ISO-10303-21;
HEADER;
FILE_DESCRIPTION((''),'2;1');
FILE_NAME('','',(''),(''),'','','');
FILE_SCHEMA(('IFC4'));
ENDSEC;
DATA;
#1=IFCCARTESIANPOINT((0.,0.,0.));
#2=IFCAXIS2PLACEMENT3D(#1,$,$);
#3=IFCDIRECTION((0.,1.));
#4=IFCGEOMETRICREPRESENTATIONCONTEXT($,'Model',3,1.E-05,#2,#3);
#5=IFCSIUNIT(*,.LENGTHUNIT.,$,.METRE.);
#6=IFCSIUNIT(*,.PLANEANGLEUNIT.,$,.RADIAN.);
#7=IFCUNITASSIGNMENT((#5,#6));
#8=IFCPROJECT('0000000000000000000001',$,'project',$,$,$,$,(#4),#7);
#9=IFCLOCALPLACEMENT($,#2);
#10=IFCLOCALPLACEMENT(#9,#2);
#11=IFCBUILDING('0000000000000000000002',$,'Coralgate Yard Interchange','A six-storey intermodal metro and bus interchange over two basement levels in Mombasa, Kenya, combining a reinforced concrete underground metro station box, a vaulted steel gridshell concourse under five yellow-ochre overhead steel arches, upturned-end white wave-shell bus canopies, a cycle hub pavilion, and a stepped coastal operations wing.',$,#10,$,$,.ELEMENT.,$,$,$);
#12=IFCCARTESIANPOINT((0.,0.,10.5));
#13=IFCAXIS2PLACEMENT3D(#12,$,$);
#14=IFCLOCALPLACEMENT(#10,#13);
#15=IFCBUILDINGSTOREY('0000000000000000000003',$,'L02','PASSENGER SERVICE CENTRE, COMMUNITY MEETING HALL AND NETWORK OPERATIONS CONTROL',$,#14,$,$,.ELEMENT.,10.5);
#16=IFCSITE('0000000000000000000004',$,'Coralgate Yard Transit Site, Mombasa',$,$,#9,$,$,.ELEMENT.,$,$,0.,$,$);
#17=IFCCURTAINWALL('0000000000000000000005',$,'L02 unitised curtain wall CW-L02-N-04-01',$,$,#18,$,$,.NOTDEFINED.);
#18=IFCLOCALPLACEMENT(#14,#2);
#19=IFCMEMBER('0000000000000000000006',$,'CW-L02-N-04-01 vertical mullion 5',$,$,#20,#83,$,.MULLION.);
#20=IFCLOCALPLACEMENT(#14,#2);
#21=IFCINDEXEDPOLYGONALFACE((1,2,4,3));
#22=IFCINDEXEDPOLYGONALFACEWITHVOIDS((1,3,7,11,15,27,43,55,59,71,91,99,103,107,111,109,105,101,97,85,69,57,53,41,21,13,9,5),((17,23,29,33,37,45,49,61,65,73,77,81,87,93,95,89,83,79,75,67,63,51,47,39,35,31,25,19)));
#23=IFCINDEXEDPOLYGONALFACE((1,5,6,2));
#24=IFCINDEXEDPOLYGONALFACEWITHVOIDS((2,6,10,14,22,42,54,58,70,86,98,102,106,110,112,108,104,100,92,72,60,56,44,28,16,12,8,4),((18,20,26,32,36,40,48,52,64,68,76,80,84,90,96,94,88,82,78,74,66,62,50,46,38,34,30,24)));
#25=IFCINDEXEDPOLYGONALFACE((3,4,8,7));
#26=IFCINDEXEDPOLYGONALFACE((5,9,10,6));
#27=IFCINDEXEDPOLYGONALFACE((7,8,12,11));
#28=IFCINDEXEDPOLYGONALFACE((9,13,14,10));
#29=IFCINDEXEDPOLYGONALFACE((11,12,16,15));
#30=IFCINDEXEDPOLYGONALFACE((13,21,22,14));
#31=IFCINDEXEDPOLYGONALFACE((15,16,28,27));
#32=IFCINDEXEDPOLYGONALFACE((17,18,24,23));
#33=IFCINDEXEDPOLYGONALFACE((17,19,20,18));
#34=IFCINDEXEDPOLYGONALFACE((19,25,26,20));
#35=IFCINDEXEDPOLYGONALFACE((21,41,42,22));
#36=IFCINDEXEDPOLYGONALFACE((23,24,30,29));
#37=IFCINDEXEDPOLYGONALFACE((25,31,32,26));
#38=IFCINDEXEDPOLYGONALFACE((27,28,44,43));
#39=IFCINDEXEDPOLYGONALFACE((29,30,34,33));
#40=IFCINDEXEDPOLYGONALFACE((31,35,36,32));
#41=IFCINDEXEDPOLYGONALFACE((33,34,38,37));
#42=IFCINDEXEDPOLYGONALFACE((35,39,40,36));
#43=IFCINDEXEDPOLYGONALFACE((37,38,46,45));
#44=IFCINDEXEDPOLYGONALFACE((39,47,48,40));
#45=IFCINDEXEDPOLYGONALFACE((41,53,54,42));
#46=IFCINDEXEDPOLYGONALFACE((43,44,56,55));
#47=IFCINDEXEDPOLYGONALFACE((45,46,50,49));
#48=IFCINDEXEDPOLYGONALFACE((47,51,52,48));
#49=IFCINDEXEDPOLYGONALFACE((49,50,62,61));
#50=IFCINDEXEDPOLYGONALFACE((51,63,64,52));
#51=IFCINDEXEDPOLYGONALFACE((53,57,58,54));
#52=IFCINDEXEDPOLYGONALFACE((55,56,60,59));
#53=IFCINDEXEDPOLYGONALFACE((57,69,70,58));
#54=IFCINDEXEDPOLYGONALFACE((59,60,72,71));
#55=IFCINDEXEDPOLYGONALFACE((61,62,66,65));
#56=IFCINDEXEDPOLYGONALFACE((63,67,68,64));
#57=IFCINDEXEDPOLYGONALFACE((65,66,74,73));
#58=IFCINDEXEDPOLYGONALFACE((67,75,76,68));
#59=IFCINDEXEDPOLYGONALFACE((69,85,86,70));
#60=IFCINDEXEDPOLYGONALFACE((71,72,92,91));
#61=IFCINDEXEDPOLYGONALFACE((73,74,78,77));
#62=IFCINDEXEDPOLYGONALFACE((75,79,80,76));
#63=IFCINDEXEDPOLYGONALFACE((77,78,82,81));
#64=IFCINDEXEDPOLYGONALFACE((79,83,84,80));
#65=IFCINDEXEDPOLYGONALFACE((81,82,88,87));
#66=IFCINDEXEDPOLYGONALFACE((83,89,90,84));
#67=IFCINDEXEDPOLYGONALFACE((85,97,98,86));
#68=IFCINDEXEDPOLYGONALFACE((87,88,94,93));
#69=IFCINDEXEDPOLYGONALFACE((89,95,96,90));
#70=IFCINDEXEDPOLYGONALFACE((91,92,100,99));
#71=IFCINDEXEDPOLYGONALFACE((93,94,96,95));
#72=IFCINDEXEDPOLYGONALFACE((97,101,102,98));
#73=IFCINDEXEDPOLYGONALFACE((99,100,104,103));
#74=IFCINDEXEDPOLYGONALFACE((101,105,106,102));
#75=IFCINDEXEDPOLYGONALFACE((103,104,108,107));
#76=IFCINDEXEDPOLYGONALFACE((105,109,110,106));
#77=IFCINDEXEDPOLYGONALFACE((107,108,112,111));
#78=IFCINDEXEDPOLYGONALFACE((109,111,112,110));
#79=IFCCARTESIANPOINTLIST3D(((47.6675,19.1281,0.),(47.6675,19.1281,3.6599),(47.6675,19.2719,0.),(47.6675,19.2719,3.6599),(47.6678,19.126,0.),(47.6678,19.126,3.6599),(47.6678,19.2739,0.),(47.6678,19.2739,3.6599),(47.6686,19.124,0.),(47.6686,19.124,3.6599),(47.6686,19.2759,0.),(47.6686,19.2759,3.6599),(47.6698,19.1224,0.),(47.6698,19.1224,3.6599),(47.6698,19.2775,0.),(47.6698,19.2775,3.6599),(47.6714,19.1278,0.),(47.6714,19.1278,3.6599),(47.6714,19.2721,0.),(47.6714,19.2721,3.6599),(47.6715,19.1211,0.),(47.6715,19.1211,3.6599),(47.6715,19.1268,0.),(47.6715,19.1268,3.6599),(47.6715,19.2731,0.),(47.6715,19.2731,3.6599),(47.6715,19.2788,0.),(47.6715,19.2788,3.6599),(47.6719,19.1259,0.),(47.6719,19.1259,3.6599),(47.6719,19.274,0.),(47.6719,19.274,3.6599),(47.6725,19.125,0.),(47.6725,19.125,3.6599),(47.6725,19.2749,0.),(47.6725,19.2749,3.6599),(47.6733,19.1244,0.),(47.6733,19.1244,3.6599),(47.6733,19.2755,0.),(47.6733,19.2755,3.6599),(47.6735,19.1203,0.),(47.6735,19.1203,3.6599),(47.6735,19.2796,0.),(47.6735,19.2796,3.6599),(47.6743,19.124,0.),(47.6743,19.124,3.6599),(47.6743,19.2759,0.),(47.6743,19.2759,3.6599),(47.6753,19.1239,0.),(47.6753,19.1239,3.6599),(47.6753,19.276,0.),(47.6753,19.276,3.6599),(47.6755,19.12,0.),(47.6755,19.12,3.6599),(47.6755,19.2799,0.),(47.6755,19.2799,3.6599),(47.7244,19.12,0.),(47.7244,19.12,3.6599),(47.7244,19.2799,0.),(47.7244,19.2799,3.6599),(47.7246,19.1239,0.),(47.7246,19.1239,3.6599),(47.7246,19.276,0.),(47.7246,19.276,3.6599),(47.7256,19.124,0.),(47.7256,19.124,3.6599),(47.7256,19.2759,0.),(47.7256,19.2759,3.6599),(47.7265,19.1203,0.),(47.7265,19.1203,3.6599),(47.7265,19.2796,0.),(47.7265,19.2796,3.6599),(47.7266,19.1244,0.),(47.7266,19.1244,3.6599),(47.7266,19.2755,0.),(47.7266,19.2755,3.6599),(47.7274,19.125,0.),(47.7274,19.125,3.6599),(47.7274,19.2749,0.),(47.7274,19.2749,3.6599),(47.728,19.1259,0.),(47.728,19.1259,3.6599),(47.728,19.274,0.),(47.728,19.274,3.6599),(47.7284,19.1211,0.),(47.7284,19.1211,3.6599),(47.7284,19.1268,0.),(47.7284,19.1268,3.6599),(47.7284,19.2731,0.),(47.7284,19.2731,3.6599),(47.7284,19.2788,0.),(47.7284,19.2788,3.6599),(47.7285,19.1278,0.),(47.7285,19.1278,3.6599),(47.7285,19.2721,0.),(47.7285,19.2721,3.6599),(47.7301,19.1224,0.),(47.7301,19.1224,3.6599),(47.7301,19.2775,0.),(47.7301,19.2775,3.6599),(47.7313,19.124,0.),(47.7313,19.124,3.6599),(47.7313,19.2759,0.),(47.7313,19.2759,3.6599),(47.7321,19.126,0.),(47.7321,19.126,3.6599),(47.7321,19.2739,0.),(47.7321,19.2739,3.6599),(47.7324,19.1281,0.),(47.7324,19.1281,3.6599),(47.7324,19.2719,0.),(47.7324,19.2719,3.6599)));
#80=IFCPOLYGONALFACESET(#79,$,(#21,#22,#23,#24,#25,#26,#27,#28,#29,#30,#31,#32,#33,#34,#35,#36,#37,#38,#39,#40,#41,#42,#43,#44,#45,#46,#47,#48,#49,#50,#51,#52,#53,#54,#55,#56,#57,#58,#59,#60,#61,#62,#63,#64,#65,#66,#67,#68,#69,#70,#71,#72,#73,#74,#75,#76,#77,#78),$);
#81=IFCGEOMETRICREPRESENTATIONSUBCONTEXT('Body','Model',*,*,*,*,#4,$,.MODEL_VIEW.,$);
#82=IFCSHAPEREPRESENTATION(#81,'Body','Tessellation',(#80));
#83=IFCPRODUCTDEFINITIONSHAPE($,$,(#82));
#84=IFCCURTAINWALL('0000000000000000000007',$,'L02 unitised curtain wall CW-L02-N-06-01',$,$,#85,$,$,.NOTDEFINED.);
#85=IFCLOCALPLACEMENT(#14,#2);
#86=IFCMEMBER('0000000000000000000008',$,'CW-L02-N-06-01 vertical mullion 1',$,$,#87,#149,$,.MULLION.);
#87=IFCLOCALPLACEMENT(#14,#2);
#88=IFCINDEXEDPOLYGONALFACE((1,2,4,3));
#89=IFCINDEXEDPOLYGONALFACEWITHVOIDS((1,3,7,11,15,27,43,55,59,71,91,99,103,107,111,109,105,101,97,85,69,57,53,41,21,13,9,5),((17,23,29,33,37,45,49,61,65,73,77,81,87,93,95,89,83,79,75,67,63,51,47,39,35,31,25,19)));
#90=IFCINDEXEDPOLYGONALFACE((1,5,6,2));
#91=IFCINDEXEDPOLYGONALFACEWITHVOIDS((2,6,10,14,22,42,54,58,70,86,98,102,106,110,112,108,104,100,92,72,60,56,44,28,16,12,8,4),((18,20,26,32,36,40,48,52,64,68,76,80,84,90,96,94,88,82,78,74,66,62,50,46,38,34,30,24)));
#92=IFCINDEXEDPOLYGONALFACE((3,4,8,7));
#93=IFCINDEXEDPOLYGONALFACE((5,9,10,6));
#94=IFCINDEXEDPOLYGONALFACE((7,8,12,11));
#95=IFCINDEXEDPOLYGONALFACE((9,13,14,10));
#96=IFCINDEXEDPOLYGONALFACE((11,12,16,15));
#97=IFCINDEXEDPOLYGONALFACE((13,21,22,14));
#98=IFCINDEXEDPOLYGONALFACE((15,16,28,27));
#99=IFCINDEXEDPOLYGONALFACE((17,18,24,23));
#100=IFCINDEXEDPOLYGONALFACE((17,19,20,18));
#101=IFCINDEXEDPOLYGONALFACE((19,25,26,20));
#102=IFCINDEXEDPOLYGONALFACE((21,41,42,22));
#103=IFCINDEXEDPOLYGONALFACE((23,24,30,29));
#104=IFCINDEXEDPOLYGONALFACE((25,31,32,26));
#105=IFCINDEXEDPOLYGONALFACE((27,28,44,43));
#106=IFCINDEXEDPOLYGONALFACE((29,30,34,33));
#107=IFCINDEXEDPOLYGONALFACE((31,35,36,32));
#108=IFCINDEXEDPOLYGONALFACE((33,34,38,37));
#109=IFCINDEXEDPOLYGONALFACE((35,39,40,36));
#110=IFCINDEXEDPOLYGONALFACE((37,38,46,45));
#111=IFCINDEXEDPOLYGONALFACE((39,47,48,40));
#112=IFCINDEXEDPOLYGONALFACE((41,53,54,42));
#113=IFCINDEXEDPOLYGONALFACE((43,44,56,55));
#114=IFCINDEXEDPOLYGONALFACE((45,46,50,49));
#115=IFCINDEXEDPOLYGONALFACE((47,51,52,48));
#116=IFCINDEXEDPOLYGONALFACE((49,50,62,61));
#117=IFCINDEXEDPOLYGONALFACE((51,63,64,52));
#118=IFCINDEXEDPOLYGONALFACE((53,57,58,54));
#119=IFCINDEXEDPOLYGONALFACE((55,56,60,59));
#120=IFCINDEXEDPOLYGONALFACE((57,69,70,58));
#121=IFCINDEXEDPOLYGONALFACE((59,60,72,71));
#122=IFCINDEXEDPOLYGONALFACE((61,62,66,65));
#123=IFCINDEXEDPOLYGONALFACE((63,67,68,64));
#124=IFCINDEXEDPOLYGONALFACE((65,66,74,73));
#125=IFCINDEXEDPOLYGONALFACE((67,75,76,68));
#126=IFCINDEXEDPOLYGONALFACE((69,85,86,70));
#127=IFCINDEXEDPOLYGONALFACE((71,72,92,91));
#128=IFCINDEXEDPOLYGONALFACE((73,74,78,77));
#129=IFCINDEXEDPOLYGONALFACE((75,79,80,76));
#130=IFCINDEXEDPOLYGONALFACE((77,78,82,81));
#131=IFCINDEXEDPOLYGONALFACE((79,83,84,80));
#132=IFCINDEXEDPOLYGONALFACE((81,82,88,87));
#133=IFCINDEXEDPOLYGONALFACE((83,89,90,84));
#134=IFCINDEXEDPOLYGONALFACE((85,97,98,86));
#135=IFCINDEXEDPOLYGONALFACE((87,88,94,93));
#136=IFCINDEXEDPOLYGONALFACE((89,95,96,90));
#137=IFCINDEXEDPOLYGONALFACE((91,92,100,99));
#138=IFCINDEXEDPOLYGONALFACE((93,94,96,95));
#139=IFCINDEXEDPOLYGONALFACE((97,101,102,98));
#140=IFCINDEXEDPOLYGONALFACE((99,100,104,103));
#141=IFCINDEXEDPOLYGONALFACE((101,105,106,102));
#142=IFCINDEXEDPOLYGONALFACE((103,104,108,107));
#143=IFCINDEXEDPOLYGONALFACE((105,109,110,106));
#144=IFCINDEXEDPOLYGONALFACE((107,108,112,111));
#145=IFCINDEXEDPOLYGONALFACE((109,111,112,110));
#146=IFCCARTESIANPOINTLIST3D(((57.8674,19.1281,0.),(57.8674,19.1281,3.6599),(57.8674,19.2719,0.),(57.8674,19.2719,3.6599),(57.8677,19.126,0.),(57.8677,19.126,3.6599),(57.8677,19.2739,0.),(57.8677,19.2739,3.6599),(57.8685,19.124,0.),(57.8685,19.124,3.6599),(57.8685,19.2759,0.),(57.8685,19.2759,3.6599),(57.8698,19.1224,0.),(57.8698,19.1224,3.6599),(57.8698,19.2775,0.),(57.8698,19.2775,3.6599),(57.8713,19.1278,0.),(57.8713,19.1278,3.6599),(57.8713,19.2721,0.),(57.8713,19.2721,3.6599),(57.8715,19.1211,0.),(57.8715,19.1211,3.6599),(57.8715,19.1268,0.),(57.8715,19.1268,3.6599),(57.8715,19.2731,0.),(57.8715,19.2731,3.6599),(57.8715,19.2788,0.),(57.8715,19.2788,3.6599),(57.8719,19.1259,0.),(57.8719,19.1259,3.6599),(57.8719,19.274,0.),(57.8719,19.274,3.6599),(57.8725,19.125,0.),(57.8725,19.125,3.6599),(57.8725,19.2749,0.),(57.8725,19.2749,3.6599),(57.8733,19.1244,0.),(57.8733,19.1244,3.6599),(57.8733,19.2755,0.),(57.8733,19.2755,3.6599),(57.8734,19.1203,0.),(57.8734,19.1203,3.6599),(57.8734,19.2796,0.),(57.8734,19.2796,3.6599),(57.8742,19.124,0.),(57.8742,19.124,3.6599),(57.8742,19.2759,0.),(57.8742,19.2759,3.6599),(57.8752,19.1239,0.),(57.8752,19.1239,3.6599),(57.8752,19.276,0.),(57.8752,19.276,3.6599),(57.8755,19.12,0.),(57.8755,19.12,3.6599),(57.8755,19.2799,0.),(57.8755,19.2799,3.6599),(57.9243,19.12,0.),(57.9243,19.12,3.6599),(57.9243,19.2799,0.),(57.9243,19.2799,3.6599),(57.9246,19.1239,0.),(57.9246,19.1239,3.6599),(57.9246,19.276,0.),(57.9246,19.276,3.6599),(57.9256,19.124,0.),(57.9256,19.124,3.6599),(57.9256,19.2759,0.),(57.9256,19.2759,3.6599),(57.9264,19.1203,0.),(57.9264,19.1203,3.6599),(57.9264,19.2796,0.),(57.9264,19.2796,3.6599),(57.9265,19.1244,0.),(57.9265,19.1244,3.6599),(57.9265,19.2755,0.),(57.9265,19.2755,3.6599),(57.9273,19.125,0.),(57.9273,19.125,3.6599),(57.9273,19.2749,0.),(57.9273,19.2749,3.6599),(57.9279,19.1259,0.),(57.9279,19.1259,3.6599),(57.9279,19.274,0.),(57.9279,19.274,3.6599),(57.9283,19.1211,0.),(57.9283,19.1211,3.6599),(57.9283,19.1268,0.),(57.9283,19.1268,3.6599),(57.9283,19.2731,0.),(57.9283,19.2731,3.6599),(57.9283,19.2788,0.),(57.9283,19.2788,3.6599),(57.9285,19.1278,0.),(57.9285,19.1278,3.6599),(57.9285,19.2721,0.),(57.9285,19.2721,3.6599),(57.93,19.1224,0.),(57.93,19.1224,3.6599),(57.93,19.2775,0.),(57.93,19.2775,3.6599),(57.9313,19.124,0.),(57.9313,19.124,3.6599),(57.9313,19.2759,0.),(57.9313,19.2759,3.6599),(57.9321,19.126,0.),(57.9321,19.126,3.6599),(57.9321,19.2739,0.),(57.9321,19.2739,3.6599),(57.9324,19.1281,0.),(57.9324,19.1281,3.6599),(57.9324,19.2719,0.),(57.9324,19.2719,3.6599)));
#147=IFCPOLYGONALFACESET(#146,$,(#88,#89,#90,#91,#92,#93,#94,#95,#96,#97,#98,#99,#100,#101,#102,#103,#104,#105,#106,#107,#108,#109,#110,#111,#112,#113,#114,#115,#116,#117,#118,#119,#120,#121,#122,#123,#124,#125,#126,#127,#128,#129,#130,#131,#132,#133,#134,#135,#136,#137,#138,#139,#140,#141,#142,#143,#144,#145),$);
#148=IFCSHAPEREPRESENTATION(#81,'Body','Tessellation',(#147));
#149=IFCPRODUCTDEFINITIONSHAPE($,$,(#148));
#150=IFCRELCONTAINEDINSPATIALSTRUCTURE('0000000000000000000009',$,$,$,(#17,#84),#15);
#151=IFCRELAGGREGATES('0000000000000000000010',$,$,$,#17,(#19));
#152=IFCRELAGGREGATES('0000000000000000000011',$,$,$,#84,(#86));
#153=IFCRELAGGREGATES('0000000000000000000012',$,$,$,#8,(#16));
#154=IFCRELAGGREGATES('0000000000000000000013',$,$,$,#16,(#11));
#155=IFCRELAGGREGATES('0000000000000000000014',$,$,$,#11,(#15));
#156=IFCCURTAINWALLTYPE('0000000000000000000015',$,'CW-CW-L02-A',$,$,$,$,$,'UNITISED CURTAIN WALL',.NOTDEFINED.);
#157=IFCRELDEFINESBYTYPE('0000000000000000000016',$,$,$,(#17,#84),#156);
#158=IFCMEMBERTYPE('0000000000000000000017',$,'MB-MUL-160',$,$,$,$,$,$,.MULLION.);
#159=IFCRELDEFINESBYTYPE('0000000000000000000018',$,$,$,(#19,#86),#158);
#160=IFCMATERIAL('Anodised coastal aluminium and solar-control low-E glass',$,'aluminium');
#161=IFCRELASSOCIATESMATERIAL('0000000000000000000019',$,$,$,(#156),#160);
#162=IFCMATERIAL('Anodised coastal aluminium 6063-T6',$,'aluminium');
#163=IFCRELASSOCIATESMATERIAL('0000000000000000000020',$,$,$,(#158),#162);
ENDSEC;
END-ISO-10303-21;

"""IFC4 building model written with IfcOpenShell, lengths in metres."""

from ifc_helpers import new_model, si_unit, direction, frame, origin, origin_2d, place, context, subcontext, project, spatial, hollow_rectangle, extrude, material, material_profile, profile_set, type_object, element, aggregate, save


model = new_model("IFC4")

# Units and contexts
model_context = context("Model", 3, precision=1e-05, world=origin(), true_north=direction((0.0, 1.0)))
body_context = subcontext(model_context, "Body", "Model", "MODEL_VIEW")
ifc_project = project(units=[si_unit("LENGTHUNIT", "METRE"), si_unit("PLANEANGLEUNIT", "RADIAN")], contexts=[model_context])

# Site, building, storey
site_placement = place(None, origin())
site = spatial("IfcSite", under=ifc_project, at=site_placement, Name="Coralgate Yard Transit Site, Mombasa", CompositionType="ELEMENT", RefElevation=0.0)
building_placement = place(site_placement, origin())
building = spatial("IfcBuilding", under=site, at=building_placement, Name="Coralgate Yard Interchange", Description="A six-storey intermodal metro and bus interchange over two basement levels in Mombasa, Kenya, combining a reinforced concrete underground metro station box, a vaulted steel gridshell concourse under five yellow-ochre overhead steel arches, upturned-end white wave-shell bus canopies, a cycle hub pavilion, and a stepped coastal operations wing.", CompositionType="ELEMENT")
storey_placement = place(building_placement, frame((0.0, 0.0, 10.5)))
storey = spatial("IfcBuildingStorey", under=building, at=storey_placement, Name="L02", Description="PASSENGER SERVICE CENTRE, COMMUNITY MEETING HALL AND NETWORK OPERATIONS CONTROL", CompositionType="ELEMENT", Elevation=10.5)

# Curtain wall, member
ifc_material_1 = material(Name="Anodised coastal aluminium and solar-control low-E glass", Category="aluminium")
curtain_wall_type = type_object("IfcCurtainWallType", Name="CW-CW-L02-A", ElementType="UNITISED CURTAIN WALL", PredefinedType="NOTDEFINED", material=ifc_material_1)
curtain_wall_1_placement = place(storey_placement, origin())
curtain_wall_1 = element("IfcCurtainWall", 1, at=curtain_wall_1_placement, inside=storey, type_object=curtain_wall_type, Name="L02 unitised curtain wall CW-L02-N-04-01", PredefinedType="NOTDEFINED")
ifc_material_2 = material(Name="Anodised coastal aluminium 6063-T6", Category="aluminium")
ifc_material_profile_1 = material_profile(ifc_material_2, hollow_rectangle(XDim=0.0649, YDim=0.1599, WallThickness=0.0039, InnerFilletRadius=0.0039, OuterFilletRadius=0.0081, at=origin_2d()), Name="ALU 65x160x4")
ifc_profile_set_1 = profile_set([ifc_material_profile_1], Name="Anodised coastal aluminium 6063-T6")
member_type_1 = type_object("IfcMemberType", Name="MB-MUL-160", PredefinedType="MULLION", material=ifc_profile_set_1)
member_1_placement = place(storey_placement, frame((47.7, 19.2, 0.0), z_axis=(0.0, 0.0, 1.0), x_axis=(1.0, 0.0, 0.0)))
member_1 = element("IfcMember", 2, at=member_1_placement, type_object=member_type_1, Name="CW-L02-N-04-01 vertical mullion 5", PredefinedType="MULLION", context=body_context, shape_type="SweptSolid", body=[
    extrude(hollow_rectangle(XDim=0.0649, YDim=0.1599, WallThickness=0.0039, InnerFilletRadius=0.0039, OuterFilletRadius=0.0081, at=origin_2d()), origin(), (0.0, 0.0, 1.0), 3.6599),
])
aggregate(curtain_wall_1, [member_1])

# Curtain wall, member
curtain_wall_2_placement = place(storey_placement, origin())
curtain_wall_2 = element("IfcCurtainWall", 3, at=curtain_wall_2_placement, inside=storey, type_object=curtain_wall_type, Name="L02 unitised curtain wall CW-L02-N-06-01", PredefinedType="NOTDEFINED")
member_2_placement = place(storey_placement, frame((57.8999, 19.2, 0.0), z_axis=(0.0, 0.0, 1.0), x_axis=(1.0, 0.0, 0.0)))
member_2 = element("IfcMember", 4, at=member_2_placement, type_object=member_type_1, Name="CW-L02-N-06-01 vertical mullion 1", PredefinedType="MULLION", context=body_context, shape_type="SweptSolid", body=[
    extrude(hollow_rectangle(XDim=0.0649, YDim=0.1599, WallThickness=0.0039, InnerFilletRadius=0.0039, OuterFilletRadius=0.0081, at=origin_2d()), origin(), (0.0, 0.0, 1.0), 3.6599),
])
aggregate(curtain_wall_2, [member_2])

save(model, "model.ifc")
